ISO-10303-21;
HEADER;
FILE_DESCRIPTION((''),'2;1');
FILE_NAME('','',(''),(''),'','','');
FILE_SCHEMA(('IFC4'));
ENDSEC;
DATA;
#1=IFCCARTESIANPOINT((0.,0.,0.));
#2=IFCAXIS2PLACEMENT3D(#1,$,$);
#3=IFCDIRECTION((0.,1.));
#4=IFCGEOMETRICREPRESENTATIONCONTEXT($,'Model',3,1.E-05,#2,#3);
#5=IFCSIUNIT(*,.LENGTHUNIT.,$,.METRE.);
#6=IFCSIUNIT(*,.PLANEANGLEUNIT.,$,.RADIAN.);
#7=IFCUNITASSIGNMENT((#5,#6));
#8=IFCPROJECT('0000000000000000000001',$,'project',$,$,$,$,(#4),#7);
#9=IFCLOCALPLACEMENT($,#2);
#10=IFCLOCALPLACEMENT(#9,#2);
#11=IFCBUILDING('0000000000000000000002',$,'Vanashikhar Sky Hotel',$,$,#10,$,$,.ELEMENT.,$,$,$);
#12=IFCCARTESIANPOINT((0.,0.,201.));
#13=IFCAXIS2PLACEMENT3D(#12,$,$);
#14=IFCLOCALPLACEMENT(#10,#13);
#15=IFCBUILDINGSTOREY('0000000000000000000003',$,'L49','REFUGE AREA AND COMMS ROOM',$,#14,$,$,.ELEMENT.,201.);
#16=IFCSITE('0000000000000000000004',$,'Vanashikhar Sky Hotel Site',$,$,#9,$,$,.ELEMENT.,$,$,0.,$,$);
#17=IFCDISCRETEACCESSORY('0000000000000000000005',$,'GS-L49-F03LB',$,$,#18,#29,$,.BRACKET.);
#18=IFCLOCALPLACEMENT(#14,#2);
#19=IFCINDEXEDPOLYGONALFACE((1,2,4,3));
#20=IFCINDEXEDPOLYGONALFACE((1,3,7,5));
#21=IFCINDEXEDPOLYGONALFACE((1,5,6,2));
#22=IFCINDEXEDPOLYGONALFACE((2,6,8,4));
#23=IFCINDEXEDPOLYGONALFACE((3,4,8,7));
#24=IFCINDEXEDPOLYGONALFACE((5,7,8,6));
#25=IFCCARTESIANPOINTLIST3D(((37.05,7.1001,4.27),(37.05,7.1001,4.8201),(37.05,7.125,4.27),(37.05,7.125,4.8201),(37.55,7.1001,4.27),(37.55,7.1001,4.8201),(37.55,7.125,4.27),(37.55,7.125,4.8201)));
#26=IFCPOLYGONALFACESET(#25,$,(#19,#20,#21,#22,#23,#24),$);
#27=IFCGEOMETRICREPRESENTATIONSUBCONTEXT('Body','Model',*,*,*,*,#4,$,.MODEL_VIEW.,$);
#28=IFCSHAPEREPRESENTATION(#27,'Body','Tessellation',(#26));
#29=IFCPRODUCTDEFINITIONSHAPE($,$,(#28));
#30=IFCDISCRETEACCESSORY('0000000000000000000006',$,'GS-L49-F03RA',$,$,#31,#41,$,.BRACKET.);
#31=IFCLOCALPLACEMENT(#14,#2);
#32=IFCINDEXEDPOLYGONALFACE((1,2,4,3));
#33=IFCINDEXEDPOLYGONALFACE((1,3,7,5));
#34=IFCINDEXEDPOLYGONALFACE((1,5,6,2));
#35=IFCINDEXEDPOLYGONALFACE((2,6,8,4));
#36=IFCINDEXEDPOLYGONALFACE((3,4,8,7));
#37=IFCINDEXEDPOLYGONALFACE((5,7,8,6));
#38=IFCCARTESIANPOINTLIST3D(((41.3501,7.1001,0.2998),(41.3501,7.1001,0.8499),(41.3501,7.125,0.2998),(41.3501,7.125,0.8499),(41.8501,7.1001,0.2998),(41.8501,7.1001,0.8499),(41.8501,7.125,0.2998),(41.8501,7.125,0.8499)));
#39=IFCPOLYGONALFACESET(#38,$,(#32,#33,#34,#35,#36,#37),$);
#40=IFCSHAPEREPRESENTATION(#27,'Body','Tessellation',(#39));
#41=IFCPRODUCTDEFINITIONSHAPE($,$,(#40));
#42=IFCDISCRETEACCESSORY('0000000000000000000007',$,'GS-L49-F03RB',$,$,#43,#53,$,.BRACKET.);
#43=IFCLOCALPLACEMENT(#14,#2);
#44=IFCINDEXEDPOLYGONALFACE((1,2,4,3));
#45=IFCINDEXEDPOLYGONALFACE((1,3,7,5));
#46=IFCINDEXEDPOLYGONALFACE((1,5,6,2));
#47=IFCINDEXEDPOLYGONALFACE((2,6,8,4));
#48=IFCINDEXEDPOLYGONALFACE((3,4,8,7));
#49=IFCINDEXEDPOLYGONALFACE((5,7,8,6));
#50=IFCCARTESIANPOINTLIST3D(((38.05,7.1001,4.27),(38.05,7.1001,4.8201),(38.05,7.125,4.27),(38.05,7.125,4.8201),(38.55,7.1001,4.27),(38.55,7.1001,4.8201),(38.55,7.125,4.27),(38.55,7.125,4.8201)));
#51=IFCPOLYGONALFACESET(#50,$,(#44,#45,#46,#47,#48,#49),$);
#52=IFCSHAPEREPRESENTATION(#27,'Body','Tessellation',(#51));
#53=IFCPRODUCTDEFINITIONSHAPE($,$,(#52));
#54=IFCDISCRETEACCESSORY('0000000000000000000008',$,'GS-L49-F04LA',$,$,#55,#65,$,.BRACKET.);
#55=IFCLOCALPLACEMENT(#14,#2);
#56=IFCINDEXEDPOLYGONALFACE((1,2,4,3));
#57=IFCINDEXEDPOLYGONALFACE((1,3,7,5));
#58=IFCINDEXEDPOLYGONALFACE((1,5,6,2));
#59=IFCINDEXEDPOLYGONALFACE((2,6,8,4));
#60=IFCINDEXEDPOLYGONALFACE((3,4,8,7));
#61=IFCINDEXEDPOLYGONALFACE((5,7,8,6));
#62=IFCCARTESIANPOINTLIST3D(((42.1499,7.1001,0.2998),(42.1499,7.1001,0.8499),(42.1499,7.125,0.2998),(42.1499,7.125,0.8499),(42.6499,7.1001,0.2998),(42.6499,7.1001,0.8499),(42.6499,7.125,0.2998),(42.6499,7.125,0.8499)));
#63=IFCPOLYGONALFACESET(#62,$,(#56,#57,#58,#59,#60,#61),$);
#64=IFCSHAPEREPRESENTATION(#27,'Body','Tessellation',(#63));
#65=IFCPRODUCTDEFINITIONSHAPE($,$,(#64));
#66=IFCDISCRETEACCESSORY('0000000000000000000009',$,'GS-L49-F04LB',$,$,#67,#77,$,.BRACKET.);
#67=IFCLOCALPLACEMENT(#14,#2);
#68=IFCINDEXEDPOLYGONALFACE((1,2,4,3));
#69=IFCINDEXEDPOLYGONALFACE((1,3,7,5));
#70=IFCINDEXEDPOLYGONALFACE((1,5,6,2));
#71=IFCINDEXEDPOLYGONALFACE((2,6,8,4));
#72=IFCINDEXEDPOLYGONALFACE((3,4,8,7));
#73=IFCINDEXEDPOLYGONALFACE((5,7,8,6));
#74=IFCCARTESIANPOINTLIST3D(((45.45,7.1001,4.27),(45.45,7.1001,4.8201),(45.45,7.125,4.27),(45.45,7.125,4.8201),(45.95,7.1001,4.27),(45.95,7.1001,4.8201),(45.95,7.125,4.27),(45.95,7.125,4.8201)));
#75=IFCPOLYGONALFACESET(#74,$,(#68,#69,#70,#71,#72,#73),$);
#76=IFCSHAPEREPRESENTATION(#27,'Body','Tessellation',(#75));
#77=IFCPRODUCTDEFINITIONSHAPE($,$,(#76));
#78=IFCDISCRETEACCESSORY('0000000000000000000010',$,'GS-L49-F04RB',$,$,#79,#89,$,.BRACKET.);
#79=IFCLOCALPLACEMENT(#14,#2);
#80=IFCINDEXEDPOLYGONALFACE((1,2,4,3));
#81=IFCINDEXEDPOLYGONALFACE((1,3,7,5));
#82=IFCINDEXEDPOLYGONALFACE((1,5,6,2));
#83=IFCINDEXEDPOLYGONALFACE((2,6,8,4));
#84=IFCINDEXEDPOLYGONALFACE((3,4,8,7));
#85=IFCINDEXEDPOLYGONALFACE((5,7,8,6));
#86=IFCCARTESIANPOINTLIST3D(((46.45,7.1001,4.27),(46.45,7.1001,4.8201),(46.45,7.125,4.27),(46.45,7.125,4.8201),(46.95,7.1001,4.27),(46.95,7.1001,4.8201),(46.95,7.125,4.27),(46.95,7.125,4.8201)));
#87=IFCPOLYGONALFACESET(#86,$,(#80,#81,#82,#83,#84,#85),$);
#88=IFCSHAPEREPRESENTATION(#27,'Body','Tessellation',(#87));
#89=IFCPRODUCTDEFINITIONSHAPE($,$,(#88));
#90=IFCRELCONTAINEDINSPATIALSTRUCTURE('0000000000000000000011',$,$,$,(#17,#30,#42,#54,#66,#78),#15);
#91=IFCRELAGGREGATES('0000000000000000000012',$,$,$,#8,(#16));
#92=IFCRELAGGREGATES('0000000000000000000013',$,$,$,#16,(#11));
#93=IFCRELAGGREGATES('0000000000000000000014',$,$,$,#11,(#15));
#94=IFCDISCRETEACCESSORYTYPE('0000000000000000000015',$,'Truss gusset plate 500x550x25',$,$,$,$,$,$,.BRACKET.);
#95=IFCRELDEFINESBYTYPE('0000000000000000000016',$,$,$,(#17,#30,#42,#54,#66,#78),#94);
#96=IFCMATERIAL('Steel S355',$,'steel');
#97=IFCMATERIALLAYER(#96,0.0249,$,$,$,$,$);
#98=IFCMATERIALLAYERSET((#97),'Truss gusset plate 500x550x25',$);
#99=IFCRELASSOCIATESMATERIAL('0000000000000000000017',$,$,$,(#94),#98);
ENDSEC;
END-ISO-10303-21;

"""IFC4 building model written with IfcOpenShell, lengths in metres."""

from ifc_helpers import new_model, si_unit, direction, frame, origin, origin_2d, place, context, subcontext, project, spatial, rectangle, extrude, source, transform, mapped, material, layer, layer_set, type_object, element, save


model = new_model("IFC4")

# Units and contexts
model_context = context("Model", 3, precision=1e-05, world=origin(), true_north=direction((0.0, 1.0)))
body_context = subcontext(model_context, "Body", "Model", "MODEL_VIEW")
ifc_project = project(units=[si_unit("LENGTHUNIT", "METRE"), si_unit("PLANEANGLEUNIT", "RADIAN")], contexts=[model_context])

# Site, building, storey
site_placement = place(None, origin())
site = spatial("IfcSite", under=ifc_project, at=site_placement, Name="Vanashikhar Sky Hotel Site", CompositionType="ELEMENT", RefElevation=0.0)
building_placement = place(site_placement, origin())
building = spatial("IfcBuilding", under=site, at=building_placement, Name="Vanashikhar Sky Hotel", CompositionType="ELEMENT")
storey_placement = place(building_placement, frame((0.0, 0.0, 201.0)))
storey = spatial("IfcBuildingStorey", under=building, at=storey_placement, Name="L49", Description="REFUGE AREA AND COMMS ROOM", CompositionType="ELEMENT", Elevation=201.0)

# Shared definitions
ifc_material_1 = material(Name="Steel S355", Category="steel")

# Discrete accessories
ifc_layer_1 = layer(ifc_material_1, 0.0249)
ifc_layer_set_1 = layer_set([ifc_layer_1], Name="Truss gusset plate 500x550x25")
discrete_accessory_type = type_object("IfcDiscreteAccessoryType", Name="Truss gusset plate 500x550x25", PredefinedType="BRACKET", material=ifc_layer_set_1)
shared_shape_1 = source(origin(), body_context, "Body", "SweptSolid", [
    extrude(rectangle(XDim=0.5, YDim=0.0249, at=origin_2d()), origin(), (0.0, 0.0, 1.0), 0.55),
])
for number, where, z_axis, x_axis, name in (
    (1, (37.3, 7.1125, 4.27), (0.0, 0.0, 1.0), (1.0, 0.0, 0.0), "GS-L49-F03LB"),
    (2, (41.6001, 7.1125, 0.2998), (0.0, 0.0, 1.0), (1.0, 0.0, 0.0), "GS-L49-F03RA"),
    (3, (38.3, 7.1125, 4.27), (0.0, 0.0, 1.0), (1.0, 0.0, 0.0), "GS-L49-F03RB"),
    (4, (42.3999, 7.1125, 0.2998), (0.0, 0.0, 1.0), (1.0, 0.0, 0.0), "GS-L49-F04LA"),
    (5, (45.7, 7.1125, 4.27), (0.0, 0.0, 1.0), (1.0, 0.0, 0.0), "GS-L49-F04LB"),
    (6, (46.7, 7.1125, 4.27), (0.0, 0.0, 1.0), (1.0, 0.0, 0.0), "GS-L49-F04RB"),
):
    element("IfcDiscreteAccessory", number, at=place(storey_placement, frame(where, z_axis=z_axis, x_axis=x_axis)), inside=storey, type_object=discrete_accessory_type, Name=name, PredefinedType="BRACKET", context=body_context, shape_type="MappedRepresentation", body=[
        mapped(shared_shape_1, transform((0.0, 0.0, 0.0), scale=1.0)),
    ])

save(model, "model.ifc")
